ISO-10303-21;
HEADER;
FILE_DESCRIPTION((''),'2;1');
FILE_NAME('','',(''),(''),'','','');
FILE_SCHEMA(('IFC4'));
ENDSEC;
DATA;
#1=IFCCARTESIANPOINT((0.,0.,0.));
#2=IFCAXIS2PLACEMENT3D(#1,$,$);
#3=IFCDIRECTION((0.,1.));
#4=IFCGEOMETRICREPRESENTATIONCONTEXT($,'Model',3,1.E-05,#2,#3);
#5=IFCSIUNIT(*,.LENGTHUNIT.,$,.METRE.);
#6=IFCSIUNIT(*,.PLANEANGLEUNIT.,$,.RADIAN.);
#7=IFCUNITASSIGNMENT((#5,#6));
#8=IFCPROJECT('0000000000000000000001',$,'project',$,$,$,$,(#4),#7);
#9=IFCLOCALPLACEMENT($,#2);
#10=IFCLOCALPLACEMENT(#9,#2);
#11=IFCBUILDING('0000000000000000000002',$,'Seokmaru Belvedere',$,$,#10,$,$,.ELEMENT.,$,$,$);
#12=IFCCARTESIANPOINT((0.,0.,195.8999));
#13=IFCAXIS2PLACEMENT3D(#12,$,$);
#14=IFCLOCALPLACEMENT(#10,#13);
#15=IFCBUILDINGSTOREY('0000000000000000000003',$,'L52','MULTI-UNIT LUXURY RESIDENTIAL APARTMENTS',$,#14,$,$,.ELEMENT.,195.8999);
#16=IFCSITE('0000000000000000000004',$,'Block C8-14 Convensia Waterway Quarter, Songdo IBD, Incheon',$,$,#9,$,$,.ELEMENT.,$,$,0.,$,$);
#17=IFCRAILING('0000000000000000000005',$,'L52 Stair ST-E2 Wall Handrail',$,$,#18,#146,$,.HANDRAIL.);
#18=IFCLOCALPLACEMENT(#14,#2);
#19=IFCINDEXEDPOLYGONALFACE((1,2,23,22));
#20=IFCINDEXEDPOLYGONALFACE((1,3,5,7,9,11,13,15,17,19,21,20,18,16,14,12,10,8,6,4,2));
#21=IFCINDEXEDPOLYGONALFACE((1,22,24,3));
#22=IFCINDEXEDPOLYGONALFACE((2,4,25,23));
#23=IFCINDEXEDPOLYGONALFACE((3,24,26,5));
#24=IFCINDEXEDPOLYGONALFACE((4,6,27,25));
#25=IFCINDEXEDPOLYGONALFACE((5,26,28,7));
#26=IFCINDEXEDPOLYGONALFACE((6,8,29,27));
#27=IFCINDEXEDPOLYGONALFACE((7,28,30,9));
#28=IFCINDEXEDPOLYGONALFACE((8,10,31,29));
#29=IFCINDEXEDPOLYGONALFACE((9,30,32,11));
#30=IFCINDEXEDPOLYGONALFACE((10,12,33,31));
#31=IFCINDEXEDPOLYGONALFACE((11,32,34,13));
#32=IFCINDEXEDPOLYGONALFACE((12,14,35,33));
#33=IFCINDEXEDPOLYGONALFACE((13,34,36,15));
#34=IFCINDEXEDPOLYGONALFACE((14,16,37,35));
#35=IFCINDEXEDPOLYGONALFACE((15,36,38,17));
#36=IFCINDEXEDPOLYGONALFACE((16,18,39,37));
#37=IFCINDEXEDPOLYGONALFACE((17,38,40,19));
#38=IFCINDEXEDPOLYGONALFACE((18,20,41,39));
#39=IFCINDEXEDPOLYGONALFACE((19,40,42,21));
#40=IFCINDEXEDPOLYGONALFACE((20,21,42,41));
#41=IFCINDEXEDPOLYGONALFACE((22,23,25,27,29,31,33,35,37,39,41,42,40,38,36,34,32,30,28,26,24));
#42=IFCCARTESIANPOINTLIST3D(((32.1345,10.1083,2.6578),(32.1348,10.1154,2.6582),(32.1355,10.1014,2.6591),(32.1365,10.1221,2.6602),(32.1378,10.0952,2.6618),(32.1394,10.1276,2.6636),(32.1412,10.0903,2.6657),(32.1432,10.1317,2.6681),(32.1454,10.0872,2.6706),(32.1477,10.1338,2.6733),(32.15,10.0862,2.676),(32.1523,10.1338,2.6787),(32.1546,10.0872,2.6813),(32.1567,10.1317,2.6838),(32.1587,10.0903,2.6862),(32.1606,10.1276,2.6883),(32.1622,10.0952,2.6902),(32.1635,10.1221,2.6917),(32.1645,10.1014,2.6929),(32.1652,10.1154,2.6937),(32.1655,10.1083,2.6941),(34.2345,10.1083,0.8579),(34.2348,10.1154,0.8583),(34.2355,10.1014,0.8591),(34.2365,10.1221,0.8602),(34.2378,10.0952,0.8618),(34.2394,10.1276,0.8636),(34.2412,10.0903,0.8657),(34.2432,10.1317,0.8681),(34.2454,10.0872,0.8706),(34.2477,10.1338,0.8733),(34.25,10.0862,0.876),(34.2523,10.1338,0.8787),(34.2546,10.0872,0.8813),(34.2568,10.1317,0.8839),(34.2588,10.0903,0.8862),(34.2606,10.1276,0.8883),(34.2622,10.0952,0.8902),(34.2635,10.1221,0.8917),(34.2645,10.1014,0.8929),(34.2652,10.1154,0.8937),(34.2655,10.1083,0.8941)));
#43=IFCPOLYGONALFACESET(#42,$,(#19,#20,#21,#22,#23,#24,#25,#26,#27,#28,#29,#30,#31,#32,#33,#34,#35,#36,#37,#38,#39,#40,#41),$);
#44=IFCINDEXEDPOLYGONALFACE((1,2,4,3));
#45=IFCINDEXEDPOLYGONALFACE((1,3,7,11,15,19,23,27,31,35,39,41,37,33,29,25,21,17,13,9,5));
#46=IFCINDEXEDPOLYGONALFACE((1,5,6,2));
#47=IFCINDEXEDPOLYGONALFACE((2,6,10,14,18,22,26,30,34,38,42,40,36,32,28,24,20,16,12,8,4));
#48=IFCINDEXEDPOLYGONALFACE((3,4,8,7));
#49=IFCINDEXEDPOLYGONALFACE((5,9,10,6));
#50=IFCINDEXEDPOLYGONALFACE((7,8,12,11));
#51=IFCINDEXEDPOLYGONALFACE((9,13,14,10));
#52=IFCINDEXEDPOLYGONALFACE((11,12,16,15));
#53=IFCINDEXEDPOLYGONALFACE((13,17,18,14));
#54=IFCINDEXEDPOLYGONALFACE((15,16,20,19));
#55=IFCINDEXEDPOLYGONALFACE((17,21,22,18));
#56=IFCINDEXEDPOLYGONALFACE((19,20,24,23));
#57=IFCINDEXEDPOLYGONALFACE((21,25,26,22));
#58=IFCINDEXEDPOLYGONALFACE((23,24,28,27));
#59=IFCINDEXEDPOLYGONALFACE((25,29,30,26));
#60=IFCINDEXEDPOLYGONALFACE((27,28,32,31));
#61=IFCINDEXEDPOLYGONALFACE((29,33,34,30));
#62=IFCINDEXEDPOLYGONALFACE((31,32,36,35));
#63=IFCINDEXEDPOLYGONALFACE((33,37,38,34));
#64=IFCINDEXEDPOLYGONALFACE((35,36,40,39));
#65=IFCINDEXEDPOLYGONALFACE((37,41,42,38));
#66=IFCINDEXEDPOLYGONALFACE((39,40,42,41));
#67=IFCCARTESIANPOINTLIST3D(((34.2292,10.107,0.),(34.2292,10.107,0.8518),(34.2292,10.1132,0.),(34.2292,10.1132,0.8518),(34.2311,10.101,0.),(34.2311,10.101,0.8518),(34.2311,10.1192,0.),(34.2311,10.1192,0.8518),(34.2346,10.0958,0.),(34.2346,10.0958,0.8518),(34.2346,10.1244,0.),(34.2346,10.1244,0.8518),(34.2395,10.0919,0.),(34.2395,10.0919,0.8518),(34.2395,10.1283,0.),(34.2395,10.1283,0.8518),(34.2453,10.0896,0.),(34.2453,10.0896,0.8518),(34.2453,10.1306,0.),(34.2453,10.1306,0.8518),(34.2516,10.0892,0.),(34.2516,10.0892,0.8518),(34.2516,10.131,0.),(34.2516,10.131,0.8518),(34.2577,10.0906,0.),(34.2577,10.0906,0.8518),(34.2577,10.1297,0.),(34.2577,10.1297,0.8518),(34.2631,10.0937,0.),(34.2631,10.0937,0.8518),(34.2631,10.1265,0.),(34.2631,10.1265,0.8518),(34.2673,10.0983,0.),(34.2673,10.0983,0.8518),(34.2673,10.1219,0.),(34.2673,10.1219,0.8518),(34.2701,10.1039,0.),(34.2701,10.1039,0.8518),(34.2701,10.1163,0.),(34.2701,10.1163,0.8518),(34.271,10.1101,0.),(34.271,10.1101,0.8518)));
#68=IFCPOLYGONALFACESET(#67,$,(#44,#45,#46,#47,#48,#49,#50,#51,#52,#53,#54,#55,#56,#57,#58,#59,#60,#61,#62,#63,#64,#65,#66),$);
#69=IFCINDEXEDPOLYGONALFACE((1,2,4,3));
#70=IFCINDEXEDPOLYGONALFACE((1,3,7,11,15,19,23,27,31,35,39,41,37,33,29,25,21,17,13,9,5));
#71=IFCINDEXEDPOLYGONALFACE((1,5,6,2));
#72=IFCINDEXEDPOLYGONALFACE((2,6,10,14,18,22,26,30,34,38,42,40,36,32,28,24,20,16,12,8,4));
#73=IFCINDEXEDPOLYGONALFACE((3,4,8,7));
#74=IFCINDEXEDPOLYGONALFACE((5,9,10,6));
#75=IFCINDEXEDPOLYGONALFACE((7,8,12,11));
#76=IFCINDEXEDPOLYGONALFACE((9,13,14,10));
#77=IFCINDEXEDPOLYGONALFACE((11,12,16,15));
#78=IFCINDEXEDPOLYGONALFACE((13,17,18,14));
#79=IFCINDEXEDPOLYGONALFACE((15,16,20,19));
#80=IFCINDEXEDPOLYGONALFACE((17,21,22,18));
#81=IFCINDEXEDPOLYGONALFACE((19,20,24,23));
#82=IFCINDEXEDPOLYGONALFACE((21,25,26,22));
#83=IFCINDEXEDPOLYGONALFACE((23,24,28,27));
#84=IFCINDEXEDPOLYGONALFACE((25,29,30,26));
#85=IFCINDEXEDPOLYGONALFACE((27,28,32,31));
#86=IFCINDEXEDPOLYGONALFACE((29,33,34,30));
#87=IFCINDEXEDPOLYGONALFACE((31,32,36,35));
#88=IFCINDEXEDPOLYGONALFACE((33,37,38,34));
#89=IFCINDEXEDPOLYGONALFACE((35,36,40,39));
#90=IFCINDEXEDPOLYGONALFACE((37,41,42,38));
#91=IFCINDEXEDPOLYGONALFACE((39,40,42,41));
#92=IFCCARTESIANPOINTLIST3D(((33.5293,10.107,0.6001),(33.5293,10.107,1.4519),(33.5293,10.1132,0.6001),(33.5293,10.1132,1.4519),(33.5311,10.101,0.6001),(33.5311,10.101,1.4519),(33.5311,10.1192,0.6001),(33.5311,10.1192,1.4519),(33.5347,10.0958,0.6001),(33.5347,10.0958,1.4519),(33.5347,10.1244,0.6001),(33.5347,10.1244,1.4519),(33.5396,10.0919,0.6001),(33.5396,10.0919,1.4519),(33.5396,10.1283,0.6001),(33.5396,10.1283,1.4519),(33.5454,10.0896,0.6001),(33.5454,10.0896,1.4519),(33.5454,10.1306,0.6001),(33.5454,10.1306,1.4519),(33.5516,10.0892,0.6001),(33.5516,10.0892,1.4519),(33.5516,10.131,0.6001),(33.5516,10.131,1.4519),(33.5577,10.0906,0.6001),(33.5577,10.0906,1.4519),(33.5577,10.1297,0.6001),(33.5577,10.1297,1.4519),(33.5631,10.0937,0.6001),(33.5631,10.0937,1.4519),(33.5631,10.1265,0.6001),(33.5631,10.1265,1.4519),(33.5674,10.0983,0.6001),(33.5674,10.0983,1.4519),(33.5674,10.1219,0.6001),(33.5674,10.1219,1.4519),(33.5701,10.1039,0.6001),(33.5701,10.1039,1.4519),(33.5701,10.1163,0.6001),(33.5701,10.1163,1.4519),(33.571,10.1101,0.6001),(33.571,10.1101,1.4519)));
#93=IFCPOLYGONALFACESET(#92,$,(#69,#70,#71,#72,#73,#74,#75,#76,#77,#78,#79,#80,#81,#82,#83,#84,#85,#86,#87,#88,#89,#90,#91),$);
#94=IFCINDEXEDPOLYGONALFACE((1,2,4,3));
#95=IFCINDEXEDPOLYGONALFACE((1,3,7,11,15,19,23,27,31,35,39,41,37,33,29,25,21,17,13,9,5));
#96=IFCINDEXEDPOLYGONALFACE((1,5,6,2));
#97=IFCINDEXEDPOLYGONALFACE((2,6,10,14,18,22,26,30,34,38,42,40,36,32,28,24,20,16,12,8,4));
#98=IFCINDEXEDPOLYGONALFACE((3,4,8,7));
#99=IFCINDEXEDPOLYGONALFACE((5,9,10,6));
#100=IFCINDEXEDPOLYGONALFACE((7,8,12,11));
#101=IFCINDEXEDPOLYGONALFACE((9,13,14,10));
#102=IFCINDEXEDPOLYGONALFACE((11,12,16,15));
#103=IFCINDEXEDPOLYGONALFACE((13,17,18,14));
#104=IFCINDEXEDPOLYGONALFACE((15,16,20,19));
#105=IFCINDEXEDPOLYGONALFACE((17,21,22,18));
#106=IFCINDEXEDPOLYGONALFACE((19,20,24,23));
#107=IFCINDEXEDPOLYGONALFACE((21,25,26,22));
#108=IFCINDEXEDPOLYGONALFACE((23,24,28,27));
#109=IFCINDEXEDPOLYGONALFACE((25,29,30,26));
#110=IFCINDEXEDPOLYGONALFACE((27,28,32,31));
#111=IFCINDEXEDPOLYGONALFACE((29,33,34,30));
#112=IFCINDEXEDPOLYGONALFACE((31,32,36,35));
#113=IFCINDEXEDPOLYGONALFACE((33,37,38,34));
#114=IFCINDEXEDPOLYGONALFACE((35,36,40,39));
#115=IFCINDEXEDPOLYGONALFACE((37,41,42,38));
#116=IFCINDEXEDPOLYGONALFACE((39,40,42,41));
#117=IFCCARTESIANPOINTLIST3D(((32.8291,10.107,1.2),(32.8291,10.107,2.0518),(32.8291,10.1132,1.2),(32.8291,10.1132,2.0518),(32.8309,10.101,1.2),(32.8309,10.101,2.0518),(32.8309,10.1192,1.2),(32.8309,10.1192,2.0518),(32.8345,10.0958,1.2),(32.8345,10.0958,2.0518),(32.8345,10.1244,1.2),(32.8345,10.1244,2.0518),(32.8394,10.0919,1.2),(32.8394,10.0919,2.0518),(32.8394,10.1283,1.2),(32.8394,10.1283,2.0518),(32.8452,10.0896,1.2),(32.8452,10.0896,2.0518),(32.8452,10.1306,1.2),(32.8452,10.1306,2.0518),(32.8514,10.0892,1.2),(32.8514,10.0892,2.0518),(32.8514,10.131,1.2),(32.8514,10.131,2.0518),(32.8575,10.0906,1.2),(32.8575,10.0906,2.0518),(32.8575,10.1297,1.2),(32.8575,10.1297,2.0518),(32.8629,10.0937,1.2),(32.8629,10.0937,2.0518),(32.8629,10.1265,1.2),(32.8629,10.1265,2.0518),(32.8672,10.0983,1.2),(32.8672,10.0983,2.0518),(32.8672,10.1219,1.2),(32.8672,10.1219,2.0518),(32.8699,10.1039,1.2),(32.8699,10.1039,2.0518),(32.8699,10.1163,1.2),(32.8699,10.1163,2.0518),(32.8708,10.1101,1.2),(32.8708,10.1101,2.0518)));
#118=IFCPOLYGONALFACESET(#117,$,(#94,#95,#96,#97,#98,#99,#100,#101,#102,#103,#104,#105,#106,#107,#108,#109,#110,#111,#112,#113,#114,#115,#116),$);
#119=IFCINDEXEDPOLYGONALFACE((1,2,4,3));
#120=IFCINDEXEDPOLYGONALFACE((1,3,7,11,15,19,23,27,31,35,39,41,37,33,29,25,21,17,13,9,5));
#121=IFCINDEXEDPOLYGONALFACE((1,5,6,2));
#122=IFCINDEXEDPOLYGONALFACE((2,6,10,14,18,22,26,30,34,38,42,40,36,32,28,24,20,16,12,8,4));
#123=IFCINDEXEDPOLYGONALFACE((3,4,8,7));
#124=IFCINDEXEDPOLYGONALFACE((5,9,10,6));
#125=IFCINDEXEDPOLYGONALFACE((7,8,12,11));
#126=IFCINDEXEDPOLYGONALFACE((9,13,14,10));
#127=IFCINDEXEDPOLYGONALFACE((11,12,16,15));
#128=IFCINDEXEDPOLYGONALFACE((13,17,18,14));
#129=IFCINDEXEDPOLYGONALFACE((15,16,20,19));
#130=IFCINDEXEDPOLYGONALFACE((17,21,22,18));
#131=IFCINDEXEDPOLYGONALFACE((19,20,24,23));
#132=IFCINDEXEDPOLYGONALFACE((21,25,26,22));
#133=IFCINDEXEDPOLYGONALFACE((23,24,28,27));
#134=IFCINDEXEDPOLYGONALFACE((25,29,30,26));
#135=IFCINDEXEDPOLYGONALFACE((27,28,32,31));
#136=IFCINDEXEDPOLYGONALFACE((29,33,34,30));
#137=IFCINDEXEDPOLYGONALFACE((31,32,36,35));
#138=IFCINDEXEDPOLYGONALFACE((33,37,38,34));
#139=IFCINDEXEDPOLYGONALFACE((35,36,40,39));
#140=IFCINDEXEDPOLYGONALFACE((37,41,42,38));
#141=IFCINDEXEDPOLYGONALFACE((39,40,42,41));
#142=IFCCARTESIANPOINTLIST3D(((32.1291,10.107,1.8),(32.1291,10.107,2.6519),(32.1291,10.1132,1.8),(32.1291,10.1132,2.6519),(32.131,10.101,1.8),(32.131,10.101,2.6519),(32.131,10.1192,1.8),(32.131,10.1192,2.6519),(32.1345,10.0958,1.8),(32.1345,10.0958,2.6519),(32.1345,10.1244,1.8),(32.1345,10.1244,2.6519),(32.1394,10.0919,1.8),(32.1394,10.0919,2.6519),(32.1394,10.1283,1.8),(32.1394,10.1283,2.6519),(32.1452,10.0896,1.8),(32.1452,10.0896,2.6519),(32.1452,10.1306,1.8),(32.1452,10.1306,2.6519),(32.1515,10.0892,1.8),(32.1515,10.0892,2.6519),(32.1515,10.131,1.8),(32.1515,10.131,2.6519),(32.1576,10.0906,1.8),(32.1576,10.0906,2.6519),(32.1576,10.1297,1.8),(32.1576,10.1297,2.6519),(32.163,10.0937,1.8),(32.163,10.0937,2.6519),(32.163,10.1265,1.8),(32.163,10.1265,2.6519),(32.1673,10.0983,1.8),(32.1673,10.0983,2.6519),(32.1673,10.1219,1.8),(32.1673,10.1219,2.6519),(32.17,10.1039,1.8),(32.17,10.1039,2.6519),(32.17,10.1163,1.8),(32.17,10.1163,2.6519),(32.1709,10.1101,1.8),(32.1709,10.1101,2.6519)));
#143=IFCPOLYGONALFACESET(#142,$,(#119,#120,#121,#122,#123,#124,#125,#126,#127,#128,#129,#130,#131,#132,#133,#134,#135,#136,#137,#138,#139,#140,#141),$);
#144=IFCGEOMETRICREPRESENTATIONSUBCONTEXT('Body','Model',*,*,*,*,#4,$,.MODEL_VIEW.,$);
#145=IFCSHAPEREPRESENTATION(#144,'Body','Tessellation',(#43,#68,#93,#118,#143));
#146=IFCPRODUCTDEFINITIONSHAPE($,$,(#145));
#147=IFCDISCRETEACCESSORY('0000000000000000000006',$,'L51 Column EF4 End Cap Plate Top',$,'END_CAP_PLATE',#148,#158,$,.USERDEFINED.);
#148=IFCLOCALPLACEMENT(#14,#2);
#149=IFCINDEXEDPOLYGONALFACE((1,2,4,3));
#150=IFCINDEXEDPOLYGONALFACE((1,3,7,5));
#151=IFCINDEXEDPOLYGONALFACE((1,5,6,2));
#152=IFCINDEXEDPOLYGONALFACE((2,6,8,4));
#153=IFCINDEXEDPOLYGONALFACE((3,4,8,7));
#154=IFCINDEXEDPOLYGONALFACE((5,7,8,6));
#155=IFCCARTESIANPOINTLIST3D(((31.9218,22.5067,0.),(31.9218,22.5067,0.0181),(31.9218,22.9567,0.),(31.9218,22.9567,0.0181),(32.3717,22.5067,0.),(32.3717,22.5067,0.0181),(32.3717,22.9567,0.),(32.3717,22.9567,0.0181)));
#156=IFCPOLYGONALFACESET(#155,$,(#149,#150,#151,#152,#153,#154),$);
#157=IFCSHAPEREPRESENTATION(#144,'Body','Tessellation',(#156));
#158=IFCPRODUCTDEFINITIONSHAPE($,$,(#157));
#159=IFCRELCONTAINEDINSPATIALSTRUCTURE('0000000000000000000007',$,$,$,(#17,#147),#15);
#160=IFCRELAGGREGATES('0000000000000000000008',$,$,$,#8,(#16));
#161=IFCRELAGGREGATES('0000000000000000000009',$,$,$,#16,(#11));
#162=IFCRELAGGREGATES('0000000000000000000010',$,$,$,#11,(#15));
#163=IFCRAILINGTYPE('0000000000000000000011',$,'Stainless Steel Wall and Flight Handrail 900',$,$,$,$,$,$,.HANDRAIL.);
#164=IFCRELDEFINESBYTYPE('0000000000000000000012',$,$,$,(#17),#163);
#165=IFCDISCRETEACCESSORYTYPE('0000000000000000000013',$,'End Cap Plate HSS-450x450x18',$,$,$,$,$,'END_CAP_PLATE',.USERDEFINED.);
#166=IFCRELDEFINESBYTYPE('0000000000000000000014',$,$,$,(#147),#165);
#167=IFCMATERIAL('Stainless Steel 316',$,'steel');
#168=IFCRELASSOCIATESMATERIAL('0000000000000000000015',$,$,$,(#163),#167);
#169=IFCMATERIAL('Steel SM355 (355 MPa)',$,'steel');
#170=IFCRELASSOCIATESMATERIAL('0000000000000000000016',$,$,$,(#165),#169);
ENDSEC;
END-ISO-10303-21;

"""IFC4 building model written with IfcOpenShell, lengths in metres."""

from ifc_helpers import new_model, si_unit, direction, frame, origin, origin_2d, place, context, subcontext, project, spatial, rectangle, circle, extrude, source, transform, mapped, material, type_object, type_shapes, element, save


model = new_model("IFC4")

# Units and contexts
model_context = context("Model", 3, precision=1e-05, world=origin(), true_north=direction((0.0, 1.0)))
body_context = subcontext(model_context, "Body", "Model", "MODEL_VIEW")
ifc_project = project(units=[si_unit("LENGTHUNIT", "METRE"), si_unit("PLANEANGLEUNIT", "RADIAN")], contexts=[model_context])

# Site, building, storey
site_placement = place(None, origin())
site = spatial("IfcSite", under=ifc_project, at=site_placement, Name="Block C8-14 Convensia Waterway Quarter, Songdo IBD, Incheon", CompositionType="ELEMENT", RefElevation=0.0)
building_placement = place(site_placement, origin())
building = spatial("IfcBuilding", under=site, at=building_placement, Name="Seokmaru Belvedere", CompositionType="ELEMENT")
storey_placement = place(building_placement, frame((0.0, 0.0, 195.8999)))
storey = spatial("IfcBuildingStorey", under=building, at=storey_placement, Name="L52", Description="MULTI-UNIT LUXURY RESIDENTIAL APARTMENTS", CompositionType="ELEMENT", Elevation=195.8999)

# Shared definitions
ifc_material_1 = material(Name="Steel SM355 (355 MPa)", Category="steel")

# Railing
ifc_material_2 = material(Name="Stainless Steel 316", Category="steel")
railing_type_1 = type_object("IfcRailingType", Name="Stainless Steel Wall and Flight Handrail 900", PredefinedType="HANDRAIL", material=ifc_material_2)
railing_1_placement = place(storey_placement, frame((34.25, 10.1101, 0.0)))
element("IfcRailing", 1, at=railing_1_placement, inside=storey, type_object=railing_type_1, Name="L52 Stair ST-E2 Wall Handrail", PredefinedType="HANDRAIL", context=body_context, shape_type="SweptSolid", body=[
    extrude(circle(Radius=0.0239, at=origin_2d()), frame((0.0, 0.0, 0.876), z_axis=(-0.759263, 0.0, 0.650784), x_axis=(0.0, -1.0, 0.0)), (0.0, 0.0, 1.0), 2.7659),
    extrude(circle(Radius=0.021, at=origin_2d()), origin(), (0.0, 0.0, 1.0), 0.8518),
    extrude(circle(Radius=0.021, at=origin_2d()), frame((-0.7, 0.0, 0.6001)), (0.0, 0.0, 1.0), 0.8518),
    extrude(circle(Radius=0.021, at=origin_2d()), frame((-1.4001, 0.0, 1.2)), (0.0, 0.0, 1.0), 0.8518),
    extrude(circle(Radius=0.021, at=origin_2d()), frame((-2.1001, 0.0, 1.8)), (0.0, 0.0, 1.0), 0.8518),
])

# Discrete accessory
discrete_accessory_type = type_object("IfcDiscreteAccessoryType", Name="End Cap Plate HSS-450x450x18", ElementType="END_CAP_PLATE", PredefinedType="USERDEFINED", material=ifc_material_1)
shared_shape_1 = source(origin(), body_context, "Body", "SweptSolid", [
    extrude(rectangle(XDim=0.45, YDim=0.45, at=origin_2d()), origin(), (0.0, 0.0, 1.0), 0.0181),
])
type_shapes(discrete_accessory_type, [shared_shape_1])
discrete_accessory_placement = place(storey_placement, frame((32.1467, 22.7317, 0.0), z_axis=(0.0, 0.0, 1.0), x_axis=(1.0, 0.0, 0.0)))
element("IfcDiscreteAccessory", 2, at=discrete_accessory_placement, inside=storey, type_object=discrete_accessory_type, Name="L51 Column EF4 End Cap Plate Top", ObjectType="END_CAP_PLATE", PredefinedType="USERDEFINED", context=body_context, shape_type="MappedRepresentation", body=[
    mapped(shared_shape_1, transform((0.0, 0.0, 0.0), scale=1.0)),
])

save(model, "model.ifc")
